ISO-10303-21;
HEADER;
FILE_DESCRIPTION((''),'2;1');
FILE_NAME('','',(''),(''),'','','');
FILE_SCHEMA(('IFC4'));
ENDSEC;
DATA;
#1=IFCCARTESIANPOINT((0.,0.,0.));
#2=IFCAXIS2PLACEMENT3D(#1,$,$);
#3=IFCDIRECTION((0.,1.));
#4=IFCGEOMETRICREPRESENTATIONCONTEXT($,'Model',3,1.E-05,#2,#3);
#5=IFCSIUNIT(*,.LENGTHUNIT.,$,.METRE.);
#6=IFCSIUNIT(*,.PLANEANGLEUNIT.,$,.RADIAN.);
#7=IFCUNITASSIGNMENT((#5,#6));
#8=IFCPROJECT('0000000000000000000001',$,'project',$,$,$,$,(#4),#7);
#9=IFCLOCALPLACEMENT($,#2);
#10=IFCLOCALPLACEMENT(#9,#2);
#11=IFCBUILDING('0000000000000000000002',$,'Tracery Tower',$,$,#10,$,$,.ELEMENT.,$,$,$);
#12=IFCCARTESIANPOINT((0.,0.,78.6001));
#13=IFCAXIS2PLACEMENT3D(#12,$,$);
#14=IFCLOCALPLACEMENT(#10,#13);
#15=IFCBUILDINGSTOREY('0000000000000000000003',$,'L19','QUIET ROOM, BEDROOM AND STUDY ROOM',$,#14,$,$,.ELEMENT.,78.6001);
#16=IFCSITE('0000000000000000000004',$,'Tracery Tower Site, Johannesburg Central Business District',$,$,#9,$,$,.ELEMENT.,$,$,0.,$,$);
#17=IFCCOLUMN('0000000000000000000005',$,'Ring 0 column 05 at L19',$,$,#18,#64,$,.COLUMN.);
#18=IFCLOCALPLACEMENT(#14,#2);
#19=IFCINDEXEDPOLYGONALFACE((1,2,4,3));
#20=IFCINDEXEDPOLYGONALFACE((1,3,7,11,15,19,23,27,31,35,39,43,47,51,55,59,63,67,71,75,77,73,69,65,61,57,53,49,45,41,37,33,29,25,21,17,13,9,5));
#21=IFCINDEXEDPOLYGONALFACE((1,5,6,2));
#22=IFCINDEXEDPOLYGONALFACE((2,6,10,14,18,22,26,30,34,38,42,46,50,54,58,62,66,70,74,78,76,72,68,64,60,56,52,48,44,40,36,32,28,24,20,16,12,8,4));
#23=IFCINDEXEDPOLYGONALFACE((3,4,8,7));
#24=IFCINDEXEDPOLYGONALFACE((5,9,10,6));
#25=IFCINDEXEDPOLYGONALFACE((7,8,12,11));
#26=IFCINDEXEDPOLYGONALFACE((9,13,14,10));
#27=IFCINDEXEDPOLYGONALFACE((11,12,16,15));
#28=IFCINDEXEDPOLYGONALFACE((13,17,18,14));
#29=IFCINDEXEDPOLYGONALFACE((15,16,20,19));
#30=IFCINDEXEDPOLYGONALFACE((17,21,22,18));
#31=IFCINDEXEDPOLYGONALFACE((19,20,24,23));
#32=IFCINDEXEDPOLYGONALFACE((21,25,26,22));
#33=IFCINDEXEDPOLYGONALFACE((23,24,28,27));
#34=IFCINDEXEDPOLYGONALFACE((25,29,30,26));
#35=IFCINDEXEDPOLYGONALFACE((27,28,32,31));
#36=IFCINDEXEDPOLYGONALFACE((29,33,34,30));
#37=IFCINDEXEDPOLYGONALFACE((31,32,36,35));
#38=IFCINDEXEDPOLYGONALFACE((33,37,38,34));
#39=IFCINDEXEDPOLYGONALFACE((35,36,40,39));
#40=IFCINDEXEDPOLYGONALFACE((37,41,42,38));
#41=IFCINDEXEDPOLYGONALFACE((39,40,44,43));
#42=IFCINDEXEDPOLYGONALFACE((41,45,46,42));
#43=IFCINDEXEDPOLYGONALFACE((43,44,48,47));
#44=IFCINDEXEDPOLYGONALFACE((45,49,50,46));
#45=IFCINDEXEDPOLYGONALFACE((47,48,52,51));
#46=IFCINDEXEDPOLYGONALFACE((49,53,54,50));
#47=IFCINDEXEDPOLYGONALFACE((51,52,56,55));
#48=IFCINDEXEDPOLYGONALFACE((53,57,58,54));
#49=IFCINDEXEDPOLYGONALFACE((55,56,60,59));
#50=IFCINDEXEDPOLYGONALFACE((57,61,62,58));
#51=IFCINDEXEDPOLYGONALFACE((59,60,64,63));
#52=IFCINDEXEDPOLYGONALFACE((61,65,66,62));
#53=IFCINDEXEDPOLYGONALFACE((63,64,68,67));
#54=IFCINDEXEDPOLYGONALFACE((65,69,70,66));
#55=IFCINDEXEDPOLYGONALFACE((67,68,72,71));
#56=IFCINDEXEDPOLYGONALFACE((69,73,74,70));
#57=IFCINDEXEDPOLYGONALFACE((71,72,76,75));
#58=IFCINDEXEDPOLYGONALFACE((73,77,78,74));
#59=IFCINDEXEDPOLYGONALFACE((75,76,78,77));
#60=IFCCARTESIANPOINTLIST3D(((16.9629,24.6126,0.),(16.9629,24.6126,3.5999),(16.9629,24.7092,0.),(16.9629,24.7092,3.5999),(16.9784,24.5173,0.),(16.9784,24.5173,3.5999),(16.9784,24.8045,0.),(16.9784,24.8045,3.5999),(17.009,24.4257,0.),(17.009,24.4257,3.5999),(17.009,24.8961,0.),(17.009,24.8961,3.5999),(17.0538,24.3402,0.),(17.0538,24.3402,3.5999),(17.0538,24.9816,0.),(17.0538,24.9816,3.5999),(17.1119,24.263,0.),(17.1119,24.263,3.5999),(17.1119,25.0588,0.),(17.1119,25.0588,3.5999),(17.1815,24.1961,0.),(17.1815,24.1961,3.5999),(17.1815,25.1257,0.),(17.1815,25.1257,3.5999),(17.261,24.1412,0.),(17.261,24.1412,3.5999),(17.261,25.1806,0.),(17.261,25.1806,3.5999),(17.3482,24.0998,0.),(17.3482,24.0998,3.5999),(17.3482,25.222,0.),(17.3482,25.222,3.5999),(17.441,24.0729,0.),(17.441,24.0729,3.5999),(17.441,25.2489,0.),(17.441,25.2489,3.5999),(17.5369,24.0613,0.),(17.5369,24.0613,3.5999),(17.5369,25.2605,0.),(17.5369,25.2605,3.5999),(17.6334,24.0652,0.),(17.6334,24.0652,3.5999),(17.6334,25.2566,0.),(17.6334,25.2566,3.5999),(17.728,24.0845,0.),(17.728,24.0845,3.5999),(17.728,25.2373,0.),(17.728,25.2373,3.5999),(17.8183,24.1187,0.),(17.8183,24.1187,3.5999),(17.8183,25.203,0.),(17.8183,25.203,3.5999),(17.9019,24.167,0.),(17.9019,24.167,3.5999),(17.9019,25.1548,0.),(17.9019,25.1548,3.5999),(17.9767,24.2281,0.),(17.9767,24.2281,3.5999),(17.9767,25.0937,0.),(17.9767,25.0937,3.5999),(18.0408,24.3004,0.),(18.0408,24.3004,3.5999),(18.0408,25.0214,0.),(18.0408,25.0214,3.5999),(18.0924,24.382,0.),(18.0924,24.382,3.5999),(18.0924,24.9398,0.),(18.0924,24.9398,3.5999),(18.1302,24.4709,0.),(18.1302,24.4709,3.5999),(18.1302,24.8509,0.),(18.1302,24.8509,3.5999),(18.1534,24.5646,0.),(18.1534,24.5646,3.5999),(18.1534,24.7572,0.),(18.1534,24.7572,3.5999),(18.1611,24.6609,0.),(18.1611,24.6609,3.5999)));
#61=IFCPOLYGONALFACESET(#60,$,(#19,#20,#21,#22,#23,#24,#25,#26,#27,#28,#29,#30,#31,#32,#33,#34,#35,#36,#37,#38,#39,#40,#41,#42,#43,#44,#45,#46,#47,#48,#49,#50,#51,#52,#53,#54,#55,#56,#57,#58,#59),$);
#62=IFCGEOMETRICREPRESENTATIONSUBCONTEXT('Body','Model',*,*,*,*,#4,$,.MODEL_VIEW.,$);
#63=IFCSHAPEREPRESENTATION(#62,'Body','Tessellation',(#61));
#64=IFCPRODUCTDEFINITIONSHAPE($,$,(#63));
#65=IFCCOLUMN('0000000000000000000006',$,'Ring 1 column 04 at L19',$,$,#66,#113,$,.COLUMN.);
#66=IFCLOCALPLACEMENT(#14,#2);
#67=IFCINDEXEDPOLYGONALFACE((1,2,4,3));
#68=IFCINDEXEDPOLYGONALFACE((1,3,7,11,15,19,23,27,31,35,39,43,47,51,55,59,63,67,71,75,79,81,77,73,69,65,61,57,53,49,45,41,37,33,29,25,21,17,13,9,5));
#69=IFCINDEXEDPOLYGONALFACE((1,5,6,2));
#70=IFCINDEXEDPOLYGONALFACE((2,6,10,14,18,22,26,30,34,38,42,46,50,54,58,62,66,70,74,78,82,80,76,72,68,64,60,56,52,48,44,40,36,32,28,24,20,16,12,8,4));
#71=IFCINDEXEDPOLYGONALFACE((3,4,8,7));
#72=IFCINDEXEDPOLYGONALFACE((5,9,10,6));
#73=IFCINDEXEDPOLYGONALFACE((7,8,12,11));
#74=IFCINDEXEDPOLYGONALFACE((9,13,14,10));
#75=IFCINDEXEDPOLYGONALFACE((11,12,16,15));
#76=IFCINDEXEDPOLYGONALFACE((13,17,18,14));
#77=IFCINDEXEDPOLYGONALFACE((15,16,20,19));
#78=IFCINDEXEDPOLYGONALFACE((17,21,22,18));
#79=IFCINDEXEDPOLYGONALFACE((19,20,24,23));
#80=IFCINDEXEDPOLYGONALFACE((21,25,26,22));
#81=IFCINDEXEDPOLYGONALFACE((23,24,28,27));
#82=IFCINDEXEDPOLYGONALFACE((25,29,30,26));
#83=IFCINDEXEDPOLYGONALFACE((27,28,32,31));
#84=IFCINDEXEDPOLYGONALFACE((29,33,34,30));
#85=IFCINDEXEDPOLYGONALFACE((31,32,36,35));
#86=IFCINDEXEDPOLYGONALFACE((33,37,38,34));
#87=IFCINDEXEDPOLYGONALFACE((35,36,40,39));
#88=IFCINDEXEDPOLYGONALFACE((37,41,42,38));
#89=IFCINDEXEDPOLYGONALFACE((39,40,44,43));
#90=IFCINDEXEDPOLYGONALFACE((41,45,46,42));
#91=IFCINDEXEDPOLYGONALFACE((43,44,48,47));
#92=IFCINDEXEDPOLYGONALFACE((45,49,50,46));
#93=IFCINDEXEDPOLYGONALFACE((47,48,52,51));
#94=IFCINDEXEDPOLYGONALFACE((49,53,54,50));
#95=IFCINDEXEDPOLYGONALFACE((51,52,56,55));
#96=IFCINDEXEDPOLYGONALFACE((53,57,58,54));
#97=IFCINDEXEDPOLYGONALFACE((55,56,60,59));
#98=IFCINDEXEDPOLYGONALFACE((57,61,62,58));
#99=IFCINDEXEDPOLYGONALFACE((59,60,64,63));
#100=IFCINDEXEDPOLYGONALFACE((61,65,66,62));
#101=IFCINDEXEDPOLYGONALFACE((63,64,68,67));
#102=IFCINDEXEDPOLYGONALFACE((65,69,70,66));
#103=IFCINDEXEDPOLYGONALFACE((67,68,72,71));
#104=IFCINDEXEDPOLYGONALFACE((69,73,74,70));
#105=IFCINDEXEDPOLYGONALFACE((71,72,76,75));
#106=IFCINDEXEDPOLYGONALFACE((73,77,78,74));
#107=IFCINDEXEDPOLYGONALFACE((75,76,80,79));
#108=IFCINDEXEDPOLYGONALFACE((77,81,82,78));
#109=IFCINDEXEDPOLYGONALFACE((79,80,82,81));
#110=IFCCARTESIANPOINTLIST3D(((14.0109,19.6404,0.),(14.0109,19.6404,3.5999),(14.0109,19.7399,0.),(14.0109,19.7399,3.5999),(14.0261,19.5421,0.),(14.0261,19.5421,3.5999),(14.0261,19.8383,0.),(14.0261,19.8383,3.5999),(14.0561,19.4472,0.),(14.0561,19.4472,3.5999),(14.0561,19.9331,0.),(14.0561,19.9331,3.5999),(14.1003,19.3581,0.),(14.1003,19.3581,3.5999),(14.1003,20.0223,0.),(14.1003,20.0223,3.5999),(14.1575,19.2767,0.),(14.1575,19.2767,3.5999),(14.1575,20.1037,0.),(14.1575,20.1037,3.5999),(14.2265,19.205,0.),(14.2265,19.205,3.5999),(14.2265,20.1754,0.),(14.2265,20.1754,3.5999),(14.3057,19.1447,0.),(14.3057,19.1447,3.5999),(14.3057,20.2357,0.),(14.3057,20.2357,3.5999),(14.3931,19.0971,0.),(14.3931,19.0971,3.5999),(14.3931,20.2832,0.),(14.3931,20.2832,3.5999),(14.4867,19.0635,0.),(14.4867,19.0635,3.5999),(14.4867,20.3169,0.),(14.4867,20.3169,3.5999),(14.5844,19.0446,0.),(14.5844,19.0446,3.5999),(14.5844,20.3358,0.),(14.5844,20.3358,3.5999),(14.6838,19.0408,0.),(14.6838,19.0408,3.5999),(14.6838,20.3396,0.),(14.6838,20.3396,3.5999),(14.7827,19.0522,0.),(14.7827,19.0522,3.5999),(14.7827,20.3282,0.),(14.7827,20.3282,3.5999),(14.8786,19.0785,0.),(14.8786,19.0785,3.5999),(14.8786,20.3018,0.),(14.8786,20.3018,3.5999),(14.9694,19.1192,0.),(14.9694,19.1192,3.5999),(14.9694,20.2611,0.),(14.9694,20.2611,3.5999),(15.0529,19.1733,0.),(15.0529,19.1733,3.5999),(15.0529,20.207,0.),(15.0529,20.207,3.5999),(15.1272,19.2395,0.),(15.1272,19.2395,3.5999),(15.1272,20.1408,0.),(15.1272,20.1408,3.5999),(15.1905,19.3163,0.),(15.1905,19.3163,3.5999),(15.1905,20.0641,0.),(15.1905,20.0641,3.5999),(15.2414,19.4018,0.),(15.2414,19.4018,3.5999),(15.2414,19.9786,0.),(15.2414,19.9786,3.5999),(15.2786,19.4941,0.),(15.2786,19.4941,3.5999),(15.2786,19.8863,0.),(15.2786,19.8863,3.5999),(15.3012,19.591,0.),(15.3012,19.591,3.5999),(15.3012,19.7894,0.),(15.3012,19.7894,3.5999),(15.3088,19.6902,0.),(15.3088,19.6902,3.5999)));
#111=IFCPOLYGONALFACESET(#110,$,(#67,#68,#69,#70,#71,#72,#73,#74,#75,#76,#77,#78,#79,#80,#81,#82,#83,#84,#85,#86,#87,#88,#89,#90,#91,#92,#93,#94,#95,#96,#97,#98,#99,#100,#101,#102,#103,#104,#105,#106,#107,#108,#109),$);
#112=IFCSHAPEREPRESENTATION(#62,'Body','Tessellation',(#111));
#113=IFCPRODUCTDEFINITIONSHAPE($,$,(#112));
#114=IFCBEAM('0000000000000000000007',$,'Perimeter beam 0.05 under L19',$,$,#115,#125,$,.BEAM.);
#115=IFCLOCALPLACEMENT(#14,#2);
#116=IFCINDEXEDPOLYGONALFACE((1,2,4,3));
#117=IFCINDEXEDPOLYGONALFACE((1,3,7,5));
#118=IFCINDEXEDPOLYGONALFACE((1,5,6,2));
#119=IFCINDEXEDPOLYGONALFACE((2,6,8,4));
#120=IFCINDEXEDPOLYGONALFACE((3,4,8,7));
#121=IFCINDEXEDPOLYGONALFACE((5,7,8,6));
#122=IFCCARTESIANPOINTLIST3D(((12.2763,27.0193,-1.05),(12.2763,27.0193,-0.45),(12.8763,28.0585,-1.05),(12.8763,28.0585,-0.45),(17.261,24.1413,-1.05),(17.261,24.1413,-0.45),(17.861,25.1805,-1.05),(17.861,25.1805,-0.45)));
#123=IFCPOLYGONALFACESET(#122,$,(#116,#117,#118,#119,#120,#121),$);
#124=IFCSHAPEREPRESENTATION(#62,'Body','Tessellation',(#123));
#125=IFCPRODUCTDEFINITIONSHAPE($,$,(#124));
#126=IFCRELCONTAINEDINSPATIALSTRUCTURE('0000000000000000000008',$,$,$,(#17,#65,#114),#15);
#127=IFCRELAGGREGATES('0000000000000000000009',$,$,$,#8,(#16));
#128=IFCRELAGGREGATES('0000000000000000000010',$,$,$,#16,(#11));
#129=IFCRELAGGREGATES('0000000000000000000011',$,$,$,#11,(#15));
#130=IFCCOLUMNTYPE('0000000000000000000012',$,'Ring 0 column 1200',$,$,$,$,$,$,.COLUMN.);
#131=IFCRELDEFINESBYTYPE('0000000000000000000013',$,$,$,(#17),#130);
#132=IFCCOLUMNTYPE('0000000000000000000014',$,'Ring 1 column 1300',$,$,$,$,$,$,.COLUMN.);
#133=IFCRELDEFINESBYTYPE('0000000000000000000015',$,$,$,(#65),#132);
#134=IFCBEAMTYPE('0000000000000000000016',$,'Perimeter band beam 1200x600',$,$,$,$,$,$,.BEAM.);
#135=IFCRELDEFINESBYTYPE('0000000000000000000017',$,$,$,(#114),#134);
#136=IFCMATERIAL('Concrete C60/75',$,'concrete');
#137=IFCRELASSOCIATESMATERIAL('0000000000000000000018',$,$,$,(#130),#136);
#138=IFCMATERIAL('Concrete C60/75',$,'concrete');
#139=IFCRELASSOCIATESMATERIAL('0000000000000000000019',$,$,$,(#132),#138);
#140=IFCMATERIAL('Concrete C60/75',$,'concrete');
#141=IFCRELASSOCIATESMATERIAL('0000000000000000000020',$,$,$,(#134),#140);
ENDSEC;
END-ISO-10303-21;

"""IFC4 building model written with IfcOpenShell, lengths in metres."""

from ifc_helpers import new_model, si_unit, direction, frame, origin, origin_2d, place, context, subcontext, project, spatial, rectangle, circle, extrude, material, material_profile, profile_set, type_object, element, save


model = new_model("IFC4")

# Units and contexts
model_context = context("Model", 3, precision=1e-05, world=origin(), true_north=direction((0.0, 1.0)))
body_context = subcontext(model_context, "Body", "Model", "MODEL_VIEW")
ifc_project = project(units=[si_unit("LENGTHUNIT", "METRE"), si_unit("PLANEANGLEUNIT", "RADIAN")], contexts=[model_context])

# Site, building, storey
site_placement = place(None, origin())
site = spatial("IfcSite", under=ifc_project, at=site_placement, Name="Tracery Tower Site, Johannesburg Central Business District", CompositionType="ELEMENT", RefElevation=0.0)
building_placement = place(site_placement, origin())
building = spatial("IfcBuilding", under=site, at=building_placement, Name="Tracery Tower", CompositionType="ELEMENT")
storey_placement = place(building_placement, frame((0.0, 0.0, 78.6001)))
storey = spatial("IfcBuildingStorey", under=building, at=storey_placement, Name="L19", Description="QUIET ROOM, BEDROOM AND STUDY ROOM", CompositionType="ELEMENT", Elevation=78.6001)

# Columns
ifc_material_1 = material(Name="Concrete C60/75", Category="concrete")
ifc_material_profile_1 = material_profile(ifc_material_1, circle(Radius=0.6001, at=origin_2d()), Name="RC D1200")
ifc_profile_set_1 = profile_set([ifc_material_profile_1], Name="Concrete C60/75")
column_type_1 = type_object("IfcColumnType", Name="Ring 0 column 1200", PredefinedType="COLUMN", material=ifc_profile_set_1)
column_1_placement = place(storey_placement, frame((17.561, 24.6609, 0.0), z_axis=(0.0, 0.0, 1.0), x_axis=(1.0, 0.0, 0.0)))
element("IfcColumn", 1, at=column_1_placement, inside=storey, type_object=column_type_1, Name="Ring 0 column 05 at L19", PredefinedType="COLUMN", context=body_context, shape_type="SweptSolid", body=[
    extrude(circle(Radius=0.6001, at=origin_2d()), origin(), (0.0, 0.0, 1.0), 3.5999),
])
ifc_material_2 = material(Name="Concrete C60/75", Category="concrete")
ifc_material_profile_2 = material_profile(ifc_material_2, circle(Radius=0.6499, at=origin_2d()), Name="RC D1300")
ifc_profile_set_2 = profile_set([ifc_material_profile_2], Name="Concrete C60/75")
column_type_2 = type_object("IfcColumnType", Name="Ring 1 column 1300", PredefinedType="COLUMN", material=ifc_profile_set_2)
column_2_placement = place(storey_placement, frame((14.6589, 19.6902, 0.0), z_axis=(0.0, 0.0, 1.0), x_axis=(1.0, 0.0, 0.0)))
element("IfcColumn", 2, at=column_2_placement, inside=storey, type_object=column_type_2, Name="Ring 1 column 04 at L19", PredefinedType="COLUMN", context=body_context, shape_type="SweptSolid", body=[
    extrude(circle(Radius=0.6499, at=origin_2d()), origin(), (0.0, 0.0, 1.0), 3.5999),
])

# Beam
ifc_material_3 = material(Name="Concrete C60/75", Category="concrete")
ifc_material_profile_3 = material_profile(ifc_material_3, rectangle(XDim=1.2, YDim=0.6001, at=origin_2d()), Name="RC 1200x600")
ifc_profile_set_3 = profile_set([ifc_material_profile_3], Name="Concrete C60/75")
beam_type = type_object("IfcBeamType", Name="Perimeter band beam 1200x600", PredefinedType="BEAM", material=ifc_profile_set_3)
beam_placement = place(storey_placement, frame((17.561, 24.6609, -0.75), z_axis=(-0.866021, 0.500008, 0.0), x_axis=(-0.500008, -0.866021, 0.0)))
element("IfcBeam", 3, at=beam_placement, inside=storey, type_object=beam_type, Name="Perimeter beam 0.05 under L19", PredefinedType="BEAM", context=body_context, shape_type="SweptSolid", body=[
    extrude(rectangle(XDim=1.2, YDim=0.6001, at=origin_2d()), origin(), (0.0, 0.0, 1.0), 5.7559),
])

save(model, "model.ifc")
